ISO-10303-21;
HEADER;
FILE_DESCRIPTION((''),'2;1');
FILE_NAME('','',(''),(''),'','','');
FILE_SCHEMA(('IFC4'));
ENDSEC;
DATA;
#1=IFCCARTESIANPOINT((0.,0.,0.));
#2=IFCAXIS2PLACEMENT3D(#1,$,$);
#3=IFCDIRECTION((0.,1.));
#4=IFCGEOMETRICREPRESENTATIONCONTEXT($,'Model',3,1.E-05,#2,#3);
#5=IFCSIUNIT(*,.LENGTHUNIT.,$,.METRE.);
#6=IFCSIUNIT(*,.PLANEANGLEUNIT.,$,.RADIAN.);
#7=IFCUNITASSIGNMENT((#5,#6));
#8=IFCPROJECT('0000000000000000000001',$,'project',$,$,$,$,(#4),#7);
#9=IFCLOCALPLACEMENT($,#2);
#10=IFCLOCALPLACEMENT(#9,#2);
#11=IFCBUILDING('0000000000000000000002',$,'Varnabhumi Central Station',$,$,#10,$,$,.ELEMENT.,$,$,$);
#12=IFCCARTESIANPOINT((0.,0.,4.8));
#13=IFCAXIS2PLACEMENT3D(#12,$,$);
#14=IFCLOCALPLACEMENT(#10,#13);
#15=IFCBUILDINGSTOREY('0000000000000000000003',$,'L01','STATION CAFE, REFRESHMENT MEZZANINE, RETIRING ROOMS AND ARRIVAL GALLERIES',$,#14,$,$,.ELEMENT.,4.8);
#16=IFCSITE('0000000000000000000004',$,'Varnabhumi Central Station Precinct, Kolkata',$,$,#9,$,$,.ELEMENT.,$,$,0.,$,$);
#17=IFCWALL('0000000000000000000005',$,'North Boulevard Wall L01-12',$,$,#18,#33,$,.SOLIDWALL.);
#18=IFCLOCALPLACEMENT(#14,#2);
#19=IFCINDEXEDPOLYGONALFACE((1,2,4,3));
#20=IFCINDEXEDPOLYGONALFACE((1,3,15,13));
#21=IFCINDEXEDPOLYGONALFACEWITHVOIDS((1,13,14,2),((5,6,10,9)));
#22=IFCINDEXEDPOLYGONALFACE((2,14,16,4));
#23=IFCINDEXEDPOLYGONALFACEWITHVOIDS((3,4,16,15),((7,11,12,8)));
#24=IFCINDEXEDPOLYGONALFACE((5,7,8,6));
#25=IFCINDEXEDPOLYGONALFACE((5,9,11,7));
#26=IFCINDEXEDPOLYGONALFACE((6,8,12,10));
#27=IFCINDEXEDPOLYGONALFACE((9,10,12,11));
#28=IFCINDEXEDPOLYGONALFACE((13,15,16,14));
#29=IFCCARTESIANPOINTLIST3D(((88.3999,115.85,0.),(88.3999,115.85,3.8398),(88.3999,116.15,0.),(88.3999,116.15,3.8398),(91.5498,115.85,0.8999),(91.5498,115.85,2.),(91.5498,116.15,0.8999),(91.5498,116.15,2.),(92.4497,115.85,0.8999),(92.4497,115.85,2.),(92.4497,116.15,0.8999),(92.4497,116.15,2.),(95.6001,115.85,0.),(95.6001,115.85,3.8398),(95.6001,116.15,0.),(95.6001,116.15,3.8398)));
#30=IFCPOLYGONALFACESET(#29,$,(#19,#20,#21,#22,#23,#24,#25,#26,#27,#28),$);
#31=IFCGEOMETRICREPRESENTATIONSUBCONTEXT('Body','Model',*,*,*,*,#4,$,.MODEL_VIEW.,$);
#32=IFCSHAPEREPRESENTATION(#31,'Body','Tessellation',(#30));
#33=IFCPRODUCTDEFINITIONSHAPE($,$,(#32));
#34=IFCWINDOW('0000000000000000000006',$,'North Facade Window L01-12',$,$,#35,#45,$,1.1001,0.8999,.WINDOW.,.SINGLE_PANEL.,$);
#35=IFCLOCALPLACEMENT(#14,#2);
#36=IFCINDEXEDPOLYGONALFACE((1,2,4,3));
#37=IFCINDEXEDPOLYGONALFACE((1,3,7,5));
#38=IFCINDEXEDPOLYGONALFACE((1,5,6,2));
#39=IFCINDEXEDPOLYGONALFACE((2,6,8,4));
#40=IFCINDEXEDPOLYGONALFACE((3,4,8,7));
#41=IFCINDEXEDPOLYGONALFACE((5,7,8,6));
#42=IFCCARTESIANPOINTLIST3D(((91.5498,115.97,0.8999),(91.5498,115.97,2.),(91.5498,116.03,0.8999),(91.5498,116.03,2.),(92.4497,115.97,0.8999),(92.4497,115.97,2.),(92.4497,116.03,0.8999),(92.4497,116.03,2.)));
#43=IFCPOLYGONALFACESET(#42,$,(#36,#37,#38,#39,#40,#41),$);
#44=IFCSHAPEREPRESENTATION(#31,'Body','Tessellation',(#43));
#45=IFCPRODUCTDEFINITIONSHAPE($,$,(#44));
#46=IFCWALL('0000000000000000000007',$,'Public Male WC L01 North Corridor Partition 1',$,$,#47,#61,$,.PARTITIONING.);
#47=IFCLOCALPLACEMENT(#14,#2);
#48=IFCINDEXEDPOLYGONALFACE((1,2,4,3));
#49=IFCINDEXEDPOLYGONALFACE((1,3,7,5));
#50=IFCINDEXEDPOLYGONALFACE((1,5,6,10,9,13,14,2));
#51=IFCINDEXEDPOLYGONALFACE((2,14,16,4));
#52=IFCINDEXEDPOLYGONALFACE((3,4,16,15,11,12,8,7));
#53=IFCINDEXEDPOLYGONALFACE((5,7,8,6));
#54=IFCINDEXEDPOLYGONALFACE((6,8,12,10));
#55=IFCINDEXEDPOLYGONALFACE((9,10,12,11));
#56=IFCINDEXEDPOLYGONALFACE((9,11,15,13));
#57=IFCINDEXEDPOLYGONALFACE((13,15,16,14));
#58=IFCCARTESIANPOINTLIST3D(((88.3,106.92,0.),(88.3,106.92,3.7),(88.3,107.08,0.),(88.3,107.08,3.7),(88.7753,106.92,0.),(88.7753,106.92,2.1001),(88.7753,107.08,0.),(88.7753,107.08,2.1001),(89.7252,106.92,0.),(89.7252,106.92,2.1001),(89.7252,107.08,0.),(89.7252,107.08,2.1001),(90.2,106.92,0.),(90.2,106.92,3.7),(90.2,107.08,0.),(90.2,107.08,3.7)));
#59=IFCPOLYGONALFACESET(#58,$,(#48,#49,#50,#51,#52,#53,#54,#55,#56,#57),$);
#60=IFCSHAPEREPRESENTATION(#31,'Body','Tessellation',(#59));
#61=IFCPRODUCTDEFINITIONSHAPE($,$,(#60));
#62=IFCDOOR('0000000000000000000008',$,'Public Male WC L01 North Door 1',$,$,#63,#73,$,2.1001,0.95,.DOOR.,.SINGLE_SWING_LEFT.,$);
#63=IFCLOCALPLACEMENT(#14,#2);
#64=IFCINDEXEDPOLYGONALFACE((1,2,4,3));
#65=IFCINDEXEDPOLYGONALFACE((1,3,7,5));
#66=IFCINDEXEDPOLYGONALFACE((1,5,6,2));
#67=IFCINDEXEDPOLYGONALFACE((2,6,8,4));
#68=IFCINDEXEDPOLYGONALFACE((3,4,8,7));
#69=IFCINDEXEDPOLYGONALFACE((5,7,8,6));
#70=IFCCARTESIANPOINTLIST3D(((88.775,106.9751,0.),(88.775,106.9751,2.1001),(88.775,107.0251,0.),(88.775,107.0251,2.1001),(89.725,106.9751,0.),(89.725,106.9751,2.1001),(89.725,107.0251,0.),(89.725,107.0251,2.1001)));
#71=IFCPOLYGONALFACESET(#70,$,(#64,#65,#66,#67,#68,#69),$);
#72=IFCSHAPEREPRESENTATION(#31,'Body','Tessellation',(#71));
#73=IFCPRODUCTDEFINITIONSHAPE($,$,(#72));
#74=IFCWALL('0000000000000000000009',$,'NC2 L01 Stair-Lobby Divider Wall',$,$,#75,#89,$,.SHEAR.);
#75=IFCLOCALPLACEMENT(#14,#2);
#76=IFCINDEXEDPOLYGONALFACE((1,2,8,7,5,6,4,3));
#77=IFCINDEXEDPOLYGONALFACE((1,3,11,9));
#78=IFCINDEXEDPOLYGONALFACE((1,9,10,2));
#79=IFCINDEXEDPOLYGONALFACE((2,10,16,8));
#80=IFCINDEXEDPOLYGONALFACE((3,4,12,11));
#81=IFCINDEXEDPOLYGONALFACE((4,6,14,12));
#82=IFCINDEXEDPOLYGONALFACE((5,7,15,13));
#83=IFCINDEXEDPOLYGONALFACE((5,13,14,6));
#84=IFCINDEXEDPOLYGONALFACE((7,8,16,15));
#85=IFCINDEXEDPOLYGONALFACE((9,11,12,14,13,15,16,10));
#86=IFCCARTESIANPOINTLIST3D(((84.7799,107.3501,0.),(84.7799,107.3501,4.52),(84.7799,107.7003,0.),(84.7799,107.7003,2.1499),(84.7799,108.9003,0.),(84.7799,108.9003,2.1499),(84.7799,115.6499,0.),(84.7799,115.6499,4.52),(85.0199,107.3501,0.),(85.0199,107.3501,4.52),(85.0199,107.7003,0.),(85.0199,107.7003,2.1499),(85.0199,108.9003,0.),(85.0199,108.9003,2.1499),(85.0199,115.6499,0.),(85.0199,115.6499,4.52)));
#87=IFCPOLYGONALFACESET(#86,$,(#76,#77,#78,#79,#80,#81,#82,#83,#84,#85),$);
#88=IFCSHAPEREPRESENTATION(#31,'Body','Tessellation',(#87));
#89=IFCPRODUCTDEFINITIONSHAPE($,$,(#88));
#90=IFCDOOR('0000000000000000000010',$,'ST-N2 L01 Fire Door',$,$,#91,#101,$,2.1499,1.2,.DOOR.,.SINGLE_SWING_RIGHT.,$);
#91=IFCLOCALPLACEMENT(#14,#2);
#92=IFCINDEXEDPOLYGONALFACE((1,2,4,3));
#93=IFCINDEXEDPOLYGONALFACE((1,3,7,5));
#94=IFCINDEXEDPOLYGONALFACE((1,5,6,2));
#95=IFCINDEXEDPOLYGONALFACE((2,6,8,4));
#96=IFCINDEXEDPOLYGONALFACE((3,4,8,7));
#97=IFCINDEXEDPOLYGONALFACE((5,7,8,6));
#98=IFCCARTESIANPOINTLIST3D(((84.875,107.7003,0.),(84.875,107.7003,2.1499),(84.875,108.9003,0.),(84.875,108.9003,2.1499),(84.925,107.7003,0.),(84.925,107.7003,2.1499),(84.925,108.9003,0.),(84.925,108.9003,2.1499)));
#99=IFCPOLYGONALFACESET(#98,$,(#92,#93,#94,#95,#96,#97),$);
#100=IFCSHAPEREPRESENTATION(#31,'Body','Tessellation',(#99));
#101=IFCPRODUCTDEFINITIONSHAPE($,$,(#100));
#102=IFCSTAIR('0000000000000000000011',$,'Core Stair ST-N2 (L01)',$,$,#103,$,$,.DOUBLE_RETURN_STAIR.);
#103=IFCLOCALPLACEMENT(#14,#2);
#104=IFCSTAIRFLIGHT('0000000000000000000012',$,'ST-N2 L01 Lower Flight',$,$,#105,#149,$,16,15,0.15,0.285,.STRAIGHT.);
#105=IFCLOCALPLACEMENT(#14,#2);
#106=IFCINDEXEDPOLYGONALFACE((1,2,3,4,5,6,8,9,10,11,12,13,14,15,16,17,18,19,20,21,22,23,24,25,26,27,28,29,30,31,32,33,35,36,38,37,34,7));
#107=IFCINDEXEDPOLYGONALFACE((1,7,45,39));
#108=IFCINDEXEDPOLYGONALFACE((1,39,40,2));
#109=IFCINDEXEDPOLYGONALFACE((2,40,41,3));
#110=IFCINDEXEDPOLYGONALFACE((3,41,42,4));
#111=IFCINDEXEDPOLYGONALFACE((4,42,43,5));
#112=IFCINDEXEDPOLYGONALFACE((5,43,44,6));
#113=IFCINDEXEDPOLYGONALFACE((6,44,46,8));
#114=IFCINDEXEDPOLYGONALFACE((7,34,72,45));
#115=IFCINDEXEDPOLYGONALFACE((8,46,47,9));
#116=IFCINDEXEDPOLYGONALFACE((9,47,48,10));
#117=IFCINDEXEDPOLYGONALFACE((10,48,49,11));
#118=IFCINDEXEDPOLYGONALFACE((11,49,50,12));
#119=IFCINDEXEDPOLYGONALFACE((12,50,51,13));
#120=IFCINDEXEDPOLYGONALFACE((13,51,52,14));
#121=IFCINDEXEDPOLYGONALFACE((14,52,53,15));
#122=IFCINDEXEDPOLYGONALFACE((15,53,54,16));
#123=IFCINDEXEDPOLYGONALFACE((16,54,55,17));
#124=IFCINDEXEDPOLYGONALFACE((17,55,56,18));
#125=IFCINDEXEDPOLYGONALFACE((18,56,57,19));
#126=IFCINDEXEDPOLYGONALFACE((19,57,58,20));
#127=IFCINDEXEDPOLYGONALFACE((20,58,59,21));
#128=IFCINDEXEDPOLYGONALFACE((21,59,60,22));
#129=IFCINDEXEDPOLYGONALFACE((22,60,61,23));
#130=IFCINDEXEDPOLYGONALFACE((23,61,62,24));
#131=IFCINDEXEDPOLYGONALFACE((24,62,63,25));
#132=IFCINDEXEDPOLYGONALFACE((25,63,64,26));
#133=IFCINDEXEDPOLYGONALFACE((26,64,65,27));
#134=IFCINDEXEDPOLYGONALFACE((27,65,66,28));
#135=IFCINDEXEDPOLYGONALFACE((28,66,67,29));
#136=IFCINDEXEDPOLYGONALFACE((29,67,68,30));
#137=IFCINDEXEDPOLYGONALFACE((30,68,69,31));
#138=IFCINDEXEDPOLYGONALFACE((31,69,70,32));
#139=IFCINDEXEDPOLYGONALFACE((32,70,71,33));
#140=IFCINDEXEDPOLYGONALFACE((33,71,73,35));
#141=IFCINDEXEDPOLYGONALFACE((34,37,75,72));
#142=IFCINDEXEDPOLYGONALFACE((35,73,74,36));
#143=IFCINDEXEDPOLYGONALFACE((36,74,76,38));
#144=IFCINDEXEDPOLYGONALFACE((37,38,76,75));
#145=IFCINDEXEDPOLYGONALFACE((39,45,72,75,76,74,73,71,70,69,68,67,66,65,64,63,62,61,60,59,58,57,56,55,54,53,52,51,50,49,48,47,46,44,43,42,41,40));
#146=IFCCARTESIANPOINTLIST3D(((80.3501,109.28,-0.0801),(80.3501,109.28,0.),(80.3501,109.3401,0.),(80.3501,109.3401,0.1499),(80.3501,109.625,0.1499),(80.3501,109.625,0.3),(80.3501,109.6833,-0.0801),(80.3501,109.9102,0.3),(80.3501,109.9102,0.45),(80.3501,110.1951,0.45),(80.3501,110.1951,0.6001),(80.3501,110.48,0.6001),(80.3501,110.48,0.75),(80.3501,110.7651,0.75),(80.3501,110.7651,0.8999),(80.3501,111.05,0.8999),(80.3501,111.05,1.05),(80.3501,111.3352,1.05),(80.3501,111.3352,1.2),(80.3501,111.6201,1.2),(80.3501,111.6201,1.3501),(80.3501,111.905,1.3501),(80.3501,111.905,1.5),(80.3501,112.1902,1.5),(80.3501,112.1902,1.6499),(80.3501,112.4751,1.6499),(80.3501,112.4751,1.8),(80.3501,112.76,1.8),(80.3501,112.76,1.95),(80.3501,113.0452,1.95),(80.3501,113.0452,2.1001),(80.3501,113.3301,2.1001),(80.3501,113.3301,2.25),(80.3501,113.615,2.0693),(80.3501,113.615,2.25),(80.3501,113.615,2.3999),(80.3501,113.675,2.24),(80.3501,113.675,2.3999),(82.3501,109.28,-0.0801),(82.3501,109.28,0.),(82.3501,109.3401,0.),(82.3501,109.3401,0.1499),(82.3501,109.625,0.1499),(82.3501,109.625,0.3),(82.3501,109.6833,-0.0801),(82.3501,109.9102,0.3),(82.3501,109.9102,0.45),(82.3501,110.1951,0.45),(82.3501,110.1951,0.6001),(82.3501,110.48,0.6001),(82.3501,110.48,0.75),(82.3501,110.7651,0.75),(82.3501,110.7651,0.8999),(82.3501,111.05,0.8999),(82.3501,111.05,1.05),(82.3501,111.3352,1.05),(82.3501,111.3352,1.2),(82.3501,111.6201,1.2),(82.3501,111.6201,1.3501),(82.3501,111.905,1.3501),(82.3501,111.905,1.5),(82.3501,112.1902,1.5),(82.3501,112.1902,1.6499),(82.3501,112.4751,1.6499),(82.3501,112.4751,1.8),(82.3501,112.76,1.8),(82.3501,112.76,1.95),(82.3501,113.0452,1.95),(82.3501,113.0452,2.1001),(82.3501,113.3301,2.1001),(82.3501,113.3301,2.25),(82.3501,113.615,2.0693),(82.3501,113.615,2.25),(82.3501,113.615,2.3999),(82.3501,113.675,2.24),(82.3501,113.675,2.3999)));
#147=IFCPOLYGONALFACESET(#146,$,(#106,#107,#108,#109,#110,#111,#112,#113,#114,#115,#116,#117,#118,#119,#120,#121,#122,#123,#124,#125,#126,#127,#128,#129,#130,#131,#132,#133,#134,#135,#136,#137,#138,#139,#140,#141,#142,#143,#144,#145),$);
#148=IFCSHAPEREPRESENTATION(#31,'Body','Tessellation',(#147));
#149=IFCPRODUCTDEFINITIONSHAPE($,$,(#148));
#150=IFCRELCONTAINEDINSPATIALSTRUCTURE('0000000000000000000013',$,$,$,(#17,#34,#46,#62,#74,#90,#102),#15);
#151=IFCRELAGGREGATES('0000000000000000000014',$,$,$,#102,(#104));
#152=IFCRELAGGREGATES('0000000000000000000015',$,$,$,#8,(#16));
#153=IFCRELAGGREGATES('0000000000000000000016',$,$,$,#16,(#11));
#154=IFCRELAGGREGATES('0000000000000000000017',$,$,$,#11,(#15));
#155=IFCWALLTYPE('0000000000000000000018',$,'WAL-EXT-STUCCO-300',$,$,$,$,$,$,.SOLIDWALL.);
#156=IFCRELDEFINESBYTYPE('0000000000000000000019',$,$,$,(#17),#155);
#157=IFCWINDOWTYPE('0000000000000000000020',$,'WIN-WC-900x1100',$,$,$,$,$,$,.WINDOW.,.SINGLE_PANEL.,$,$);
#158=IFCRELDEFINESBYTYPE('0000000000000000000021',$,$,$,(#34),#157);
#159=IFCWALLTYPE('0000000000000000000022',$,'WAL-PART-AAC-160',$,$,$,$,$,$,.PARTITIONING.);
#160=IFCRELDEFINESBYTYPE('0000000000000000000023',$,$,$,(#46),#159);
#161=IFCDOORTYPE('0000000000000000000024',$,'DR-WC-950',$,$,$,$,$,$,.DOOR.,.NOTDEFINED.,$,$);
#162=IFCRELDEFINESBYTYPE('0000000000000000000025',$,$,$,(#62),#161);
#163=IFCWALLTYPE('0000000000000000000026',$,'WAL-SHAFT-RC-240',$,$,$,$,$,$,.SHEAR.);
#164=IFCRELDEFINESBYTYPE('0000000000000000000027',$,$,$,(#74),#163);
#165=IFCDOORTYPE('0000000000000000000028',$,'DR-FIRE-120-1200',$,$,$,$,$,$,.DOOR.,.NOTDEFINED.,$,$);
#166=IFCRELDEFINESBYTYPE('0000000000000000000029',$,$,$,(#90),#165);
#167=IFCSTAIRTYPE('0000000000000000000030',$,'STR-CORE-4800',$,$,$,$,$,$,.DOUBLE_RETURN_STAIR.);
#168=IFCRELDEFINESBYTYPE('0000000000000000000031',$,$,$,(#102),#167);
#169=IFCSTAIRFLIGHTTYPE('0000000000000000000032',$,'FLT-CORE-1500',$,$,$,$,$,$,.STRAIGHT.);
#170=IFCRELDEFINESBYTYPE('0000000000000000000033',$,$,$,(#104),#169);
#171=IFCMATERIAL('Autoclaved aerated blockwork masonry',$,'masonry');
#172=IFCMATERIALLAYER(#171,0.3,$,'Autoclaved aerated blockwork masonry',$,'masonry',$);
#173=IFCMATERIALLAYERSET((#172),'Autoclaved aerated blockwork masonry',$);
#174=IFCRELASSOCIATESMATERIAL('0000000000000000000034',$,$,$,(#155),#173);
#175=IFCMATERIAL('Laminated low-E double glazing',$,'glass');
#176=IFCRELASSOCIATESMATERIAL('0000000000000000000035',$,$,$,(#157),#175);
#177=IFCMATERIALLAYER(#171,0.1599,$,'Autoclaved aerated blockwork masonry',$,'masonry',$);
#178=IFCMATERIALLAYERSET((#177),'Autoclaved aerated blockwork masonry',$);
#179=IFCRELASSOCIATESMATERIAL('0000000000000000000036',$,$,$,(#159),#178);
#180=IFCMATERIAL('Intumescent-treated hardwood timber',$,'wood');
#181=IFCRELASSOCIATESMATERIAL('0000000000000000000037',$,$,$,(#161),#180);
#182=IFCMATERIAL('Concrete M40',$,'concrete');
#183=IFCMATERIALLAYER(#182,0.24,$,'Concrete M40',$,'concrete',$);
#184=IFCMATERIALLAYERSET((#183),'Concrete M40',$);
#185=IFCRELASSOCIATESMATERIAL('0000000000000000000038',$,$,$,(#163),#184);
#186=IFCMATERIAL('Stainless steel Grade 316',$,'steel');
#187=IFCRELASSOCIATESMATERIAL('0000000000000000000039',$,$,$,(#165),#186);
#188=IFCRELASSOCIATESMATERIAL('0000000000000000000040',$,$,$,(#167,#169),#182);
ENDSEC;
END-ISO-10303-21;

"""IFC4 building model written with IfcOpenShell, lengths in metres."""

from ifc_helpers import new_model, si_unit, direction, frame, frame_2d, origin, place, context, subcontext, project, spatial, polyline, rectangle, outline, extrude, material, layer, layer_set, type_object, element, fill, aggregate, save


model = new_model("IFC4")

# Units and contexts
model_context = context("Model", 3, precision=1e-05, world=origin(), true_north=direction((0.0, 1.0)))
body_context = subcontext(model_context, "Body", "Model", "MODEL_VIEW")
ifc_project = project(units=[si_unit("LENGTHUNIT", "METRE"), si_unit("PLANEANGLEUNIT", "RADIAN")], contexts=[model_context])

# Site, building, storey
site_placement = place(None, origin())
site = spatial("IfcSite", under=ifc_project, at=site_placement, Name="Varnabhumi Central Station Precinct, Kolkata", CompositionType="ELEMENT", RefElevation=0.0)
building_placement = place(site_placement, origin())
building = spatial("IfcBuilding", under=site, at=building_placement, Name="Varnabhumi Central Station", CompositionType="ELEMENT")
storey_placement = place(building_placement, frame((0.0, 0.0, 4.8)))
storey = spatial("IfcBuildingStorey", under=building, at=storey_placement, Name="L01", Description="STATION CAFE, REFRESHMENT MEZZANINE, RETIRING ROOMS AND ARRIVAL GALLERIES", CompositionType="ELEMENT", Elevation=4.8)

# Shared definitions
ifc_material_1 = material(Name="Concrete M40", Category="concrete")

# Shared definitions
ifc_material_2 = material(Name="Autoclaved aerated blockwork masonry", Category="masonry")
ifc_layer_1 = layer(ifc_material_2, 0.3, Name="Autoclaved aerated blockwork masonry", Category="masonry")
ifc_layer_set_1 = layer_set([ifc_layer_1], Name="Autoclaved aerated blockwork masonry")
wall_type_1 = type_object("IfcWallType", Name="WAL-EXT-STUCCO-300", PredefinedType="SOLIDWALL", material=ifc_layer_set_1)

# Wall, opening, window
wall_1_placement = place(storey_placement, frame((88.3999, 116.0, 0.0), z_axis=(0.0, 0.0, 1.0), x_axis=(1.0, 0.0, 0.0)))
wall_1 = element("IfcWall", 1, at=wall_1_placement, inside=storey, type_object=wall_type_1, Name="North Boulevard Wall L01-12", PredefinedType="SOLIDWALL", context=body_context, shape_type="SweptSolid", body=[
    extrude(rectangle(XDim=7.2002, YDim=0.3, at=frame_2d((3.6001, 0.0))), origin(), (0.0, 0.0, 1.0), 3.8398),
])
opening_1_placement = place(wall_1_placement, frame((3.1499, 0.0, 0.8999)))
opening_1 = element("IfcOpeningElement", 2, at=opening_1_placement, cuts=wall_1, PredefinedType="OPENING", context=body_context, shape_type="SweptSolid", body=[
    extrude(rectangle(XDim=0.8999, YDim=1.1001, at=frame_2d((0.45, 0.55))), frame((0.0, 0.1599, 0.0), z_axis=(0.0, -1.0, 0.0), x_axis=(1.0, 0.0, 0.0)), (0.0, 0.0, 1.0), 0.3201),
])
ifc_material_3 = material(Name="Laminated low-E double glazing", Category="glass")
window_type = type_object("IfcWindowType", Name="WIN-WC-900x1100", PartitioningType="SINGLE_PANEL", PredefinedType="WINDOW", material=ifc_material_3)
window_placement = place(opening_1_placement, origin())
window = element("IfcWindow", 3, at=window_placement, inside=storey, type_object=window_type, Name="North Facade Window L01-12", OverallHeight=1.1001, OverallWidth=0.8999, PartitioningType="SINGLE_PANEL", PredefinedType="WINDOW", context=body_context, shape_type="SweptSolid", body=[
    extrude(rectangle(XDim=0.8999, YDim=1.1001, at=frame_2d((0.45, 0.55))), frame((0.0, 0.03, 0.0), z_axis=(0.0, -1.0, 0.0), x_axis=(1.0, 0.0, 0.0)), (0.0, 0.0, 1.0), 0.0601),
])
fill(opening_1, window)

# Walls, openings, doors
ifc_layer_2 = layer(ifc_material_2, 0.1599, Name="Autoclaved aerated blockwork masonry", Category="masonry")
ifc_layer_set_2 = layer_set([ifc_layer_2], Name="Autoclaved aerated blockwork masonry")
wall_type_2 = type_object("IfcWallType", Name="WAL-PART-AAC-160", PredefinedType="PARTITIONING", material=ifc_layer_set_2)
wall_2_placement = place(storey_placement, frame((88.3, 107.0, 0.0), z_axis=(0.0, 0.0, 1.0), x_axis=(1.0, 0.0, 0.0)))
wall_2 = element("IfcWall", 4, at=wall_2_placement, inside=storey, type_object=wall_type_2, Name="Public Male WC L01 North Corridor Partition 1", PredefinedType="PARTITIONING", context=body_context, shape_type="SweptSolid", body=[
    extrude(rectangle(XDim=1.8999, YDim=0.1599, at=frame_2d((0.95, 0.0))), origin(), (0.0, 0.0, 1.0), 3.7),
])
opening_2_placement = place(wall_2_placement, frame((0.4751, 0.0, 0.0)))
opening_2 = element("IfcOpeningElement", 5, at=opening_2_placement, cuts=wall_2, PredefinedType="OPENING", context=body_context, shape_type="SweptSolid", body=[
    extrude(rectangle(XDim=0.95, YDim=2.1001, at=frame_2d((0.4751, 1.05))), frame((0.0, 0.0898, 0.0), z_axis=(0.0, -1.0, 0.0), x_axis=(1.0, 0.0, 0.0)), (0.0, 0.0, 1.0), 0.1799),
])
ifc_material_4 = material(Name="Intumescent-treated hardwood timber", Category="wood")
door_type_1 = type_object("IfcDoorType", Name="DR-WC-950", OperationType="NOTDEFINED", PredefinedType="DOOR", material=ifc_material_4)
door_1_placement = place(opening_2_placement, frame((0.95, 0.0, 0.0), z_axis=(0.0, 0.0, 1.0), x_axis=(-1.0, 0.0, 0.0)))
door_1 = element("IfcDoor", 6, at=door_1_placement, inside=storey, type_object=door_type_1, Name="Public Male WC L01 North Door 1", OperationType="SINGLE_SWING_LEFT", OverallHeight=2.1001, OverallWidth=0.95, PredefinedType="DOOR", context=body_context, shape_type="SweptSolid", body=[
    extrude(rectangle(XDim=0.95, YDim=2.1001, at=frame_2d((0.4751, 1.05))), frame((0.0, 0.0249, 0.0), z_axis=(0.0, -1.0, 0.0), x_axis=(1.0, 0.0, 0.0)), (0.0, 0.0, 1.0), 0.05),
])
fill(opening_2, door_1)
ifc_layer_3 = layer(ifc_material_1, 0.24, Name="Concrete M40", Category="concrete")
ifc_layer_set_3 = layer_set([ifc_layer_3], Name="Concrete M40")
wall_type_3 = type_object("IfcWallType", Name="WAL-SHAFT-RC-240", PredefinedType="SHEAR", material=ifc_layer_set_3)
wall_3_placement = place(storey_placement, frame((84.8999, 107.3501, 0.0), z_axis=(0.0, 0.0, 1.0), x_axis=(0.0, 1.0, 0.0)))
wall_3 = element("IfcWall", 7, at=wall_3_placement, inside=storey, type_object=wall_type_3, Name="NC2 L01 Stair-Lobby Divider Wall", PredefinedType="SHEAR", context=body_context, shape_type="SweptSolid", body=[
    extrude(rectangle(XDim=8.2998, YDim=0.24, at=frame_2d((4.1499, 0.0))), origin(), (0.0, 0.0, 1.0), 4.52),
])
opening_3_placement = place(wall_3_placement, frame((0.3501, 0.0, 0.0)))
opening_3 = element("IfcOpeningElement", 8, at=opening_3_placement, cuts=wall_3, PredefinedType="OPENING", context=body_context, shape_type="SweptSolid", body=[
    extrude(rectangle(XDim=1.2, YDim=2.1499, at=frame_2d((0.6001, 1.075))), frame((0.0, 0.1299, 0.0), z_axis=(0.0, -1.0, 0.0), x_axis=(1.0, 0.0, 0.0)), (0.0, 0.0, 1.0), 0.26),
])
ifc_material_5 = material(Name="Stainless steel Grade 316", Category="steel")
door_type_2 = type_object("IfcDoorType", Name="DR-FIRE-120-1200", OperationType="NOTDEFINED", PredefinedType="DOOR", material=ifc_material_5)
door_2_placement = place(opening_3_placement, origin())
door_2 = element("IfcDoor", 9, at=door_2_placement, inside=storey, type_object=door_type_2, Name="ST-N2 L01 Fire Door", OperationType="SINGLE_SWING_RIGHT", OverallHeight=2.1499, OverallWidth=1.2, PredefinedType="DOOR", context=body_context, shape_type="SweptSolid", body=[
    extrude(rectangle(XDim=1.2, YDim=2.1499, at=frame_2d((0.6001, 1.075))), frame((0.0, 0.0249, 0.0), z_axis=(0.0, -1.0, 0.0), x_axis=(1.0, 0.0, 0.0)), (0.0, 0.0, 1.0), 0.05),
])
fill(opening_3, door_2)

# Stair, stair flight
stair_type = type_object("IfcStairType", Name="STR-CORE-4800", PredefinedType="DOUBLE_RETURN_STAIR", material=ifc_material_1)
stair_placement = place(storey_placement, origin())
stair = element("IfcStair", 10, at=stair_placement, inside=storey, type_object=stair_type, Name="Core Stair ST-N2 (L01)", PredefinedType="DOUBLE_RETURN_STAIR")
stair_flight_type = type_object("IfcStairFlightType", Name="FLT-CORE-1500", PredefinedType="STRAIGHT", material=ifc_material_1)
stair_flight_1_placement = place(storey_placement, frame((81.3501, 109.3401, 0.0), z_axis=(0.0, 0.0, 1.0), x_axis=(0.0, 1.0, 0.0)))
stair_flight_1 = element("IfcStairFlight", 11, at=stair_flight_1_placement, type_object=stair_flight_type, Name="ST-N2 L01 Lower Flight", NumberOfRisers=16, NumberOfTreads=15, PredefinedType="STRAIGHT", RiserHeight=0.15, TreadLength=0.285, context=body_context, shape_type="SweptSolid", body=[
    extrude(outline(polyline([(-0.0601, -0.0801), (-0.0601, 0.0), (0.0, 0.0), (0.0, 0.1499), (0.2849, 0.1499), (0.2849, 0.3), (0.5701, 0.3), (0.5701, 0.45), (0.855, 0.45), (0.855, 0.6001), (1.1399, 0.6001), (1.1399, 0.75), (1.425, 0.75), (1.425, 0.8999), (1.71, 0.8999), (1.71, 1.05), (1.9951, 1.05), (1.9951, 1.2), (2.28, 1.2), (2.28, 1.3501), (2.5649, 1.3501), (2.5649, 1.5), (2.8501, 1.5), (2.8501, 1.6499), (3.135, 1.6499), (3.135, 1.8), (3.4199, 1.8), (3.4199, 1.95), (3.7051, 1.95), (3.7051, 2.1001), (3.99, 2.1001), (3.99, 2.25), (4.2749, 2.25), (4.2749, 2.3999), (4.335, 2.3999), (4.335, 2.24), (4.2749, 2.0693), (0.3433, -0.0801), (-0.0601, -0.0801)])), frame((0.0, 1.0, 0.0), z_axis=(0.0, -1.0, 0.0), x_axis=(1.0, 0.0, 0.0)), (0.0, 0.0, 1.0), 2.0),
])
aggregate(stair, [stair_flight_1])

save(model, "model.ifc")
